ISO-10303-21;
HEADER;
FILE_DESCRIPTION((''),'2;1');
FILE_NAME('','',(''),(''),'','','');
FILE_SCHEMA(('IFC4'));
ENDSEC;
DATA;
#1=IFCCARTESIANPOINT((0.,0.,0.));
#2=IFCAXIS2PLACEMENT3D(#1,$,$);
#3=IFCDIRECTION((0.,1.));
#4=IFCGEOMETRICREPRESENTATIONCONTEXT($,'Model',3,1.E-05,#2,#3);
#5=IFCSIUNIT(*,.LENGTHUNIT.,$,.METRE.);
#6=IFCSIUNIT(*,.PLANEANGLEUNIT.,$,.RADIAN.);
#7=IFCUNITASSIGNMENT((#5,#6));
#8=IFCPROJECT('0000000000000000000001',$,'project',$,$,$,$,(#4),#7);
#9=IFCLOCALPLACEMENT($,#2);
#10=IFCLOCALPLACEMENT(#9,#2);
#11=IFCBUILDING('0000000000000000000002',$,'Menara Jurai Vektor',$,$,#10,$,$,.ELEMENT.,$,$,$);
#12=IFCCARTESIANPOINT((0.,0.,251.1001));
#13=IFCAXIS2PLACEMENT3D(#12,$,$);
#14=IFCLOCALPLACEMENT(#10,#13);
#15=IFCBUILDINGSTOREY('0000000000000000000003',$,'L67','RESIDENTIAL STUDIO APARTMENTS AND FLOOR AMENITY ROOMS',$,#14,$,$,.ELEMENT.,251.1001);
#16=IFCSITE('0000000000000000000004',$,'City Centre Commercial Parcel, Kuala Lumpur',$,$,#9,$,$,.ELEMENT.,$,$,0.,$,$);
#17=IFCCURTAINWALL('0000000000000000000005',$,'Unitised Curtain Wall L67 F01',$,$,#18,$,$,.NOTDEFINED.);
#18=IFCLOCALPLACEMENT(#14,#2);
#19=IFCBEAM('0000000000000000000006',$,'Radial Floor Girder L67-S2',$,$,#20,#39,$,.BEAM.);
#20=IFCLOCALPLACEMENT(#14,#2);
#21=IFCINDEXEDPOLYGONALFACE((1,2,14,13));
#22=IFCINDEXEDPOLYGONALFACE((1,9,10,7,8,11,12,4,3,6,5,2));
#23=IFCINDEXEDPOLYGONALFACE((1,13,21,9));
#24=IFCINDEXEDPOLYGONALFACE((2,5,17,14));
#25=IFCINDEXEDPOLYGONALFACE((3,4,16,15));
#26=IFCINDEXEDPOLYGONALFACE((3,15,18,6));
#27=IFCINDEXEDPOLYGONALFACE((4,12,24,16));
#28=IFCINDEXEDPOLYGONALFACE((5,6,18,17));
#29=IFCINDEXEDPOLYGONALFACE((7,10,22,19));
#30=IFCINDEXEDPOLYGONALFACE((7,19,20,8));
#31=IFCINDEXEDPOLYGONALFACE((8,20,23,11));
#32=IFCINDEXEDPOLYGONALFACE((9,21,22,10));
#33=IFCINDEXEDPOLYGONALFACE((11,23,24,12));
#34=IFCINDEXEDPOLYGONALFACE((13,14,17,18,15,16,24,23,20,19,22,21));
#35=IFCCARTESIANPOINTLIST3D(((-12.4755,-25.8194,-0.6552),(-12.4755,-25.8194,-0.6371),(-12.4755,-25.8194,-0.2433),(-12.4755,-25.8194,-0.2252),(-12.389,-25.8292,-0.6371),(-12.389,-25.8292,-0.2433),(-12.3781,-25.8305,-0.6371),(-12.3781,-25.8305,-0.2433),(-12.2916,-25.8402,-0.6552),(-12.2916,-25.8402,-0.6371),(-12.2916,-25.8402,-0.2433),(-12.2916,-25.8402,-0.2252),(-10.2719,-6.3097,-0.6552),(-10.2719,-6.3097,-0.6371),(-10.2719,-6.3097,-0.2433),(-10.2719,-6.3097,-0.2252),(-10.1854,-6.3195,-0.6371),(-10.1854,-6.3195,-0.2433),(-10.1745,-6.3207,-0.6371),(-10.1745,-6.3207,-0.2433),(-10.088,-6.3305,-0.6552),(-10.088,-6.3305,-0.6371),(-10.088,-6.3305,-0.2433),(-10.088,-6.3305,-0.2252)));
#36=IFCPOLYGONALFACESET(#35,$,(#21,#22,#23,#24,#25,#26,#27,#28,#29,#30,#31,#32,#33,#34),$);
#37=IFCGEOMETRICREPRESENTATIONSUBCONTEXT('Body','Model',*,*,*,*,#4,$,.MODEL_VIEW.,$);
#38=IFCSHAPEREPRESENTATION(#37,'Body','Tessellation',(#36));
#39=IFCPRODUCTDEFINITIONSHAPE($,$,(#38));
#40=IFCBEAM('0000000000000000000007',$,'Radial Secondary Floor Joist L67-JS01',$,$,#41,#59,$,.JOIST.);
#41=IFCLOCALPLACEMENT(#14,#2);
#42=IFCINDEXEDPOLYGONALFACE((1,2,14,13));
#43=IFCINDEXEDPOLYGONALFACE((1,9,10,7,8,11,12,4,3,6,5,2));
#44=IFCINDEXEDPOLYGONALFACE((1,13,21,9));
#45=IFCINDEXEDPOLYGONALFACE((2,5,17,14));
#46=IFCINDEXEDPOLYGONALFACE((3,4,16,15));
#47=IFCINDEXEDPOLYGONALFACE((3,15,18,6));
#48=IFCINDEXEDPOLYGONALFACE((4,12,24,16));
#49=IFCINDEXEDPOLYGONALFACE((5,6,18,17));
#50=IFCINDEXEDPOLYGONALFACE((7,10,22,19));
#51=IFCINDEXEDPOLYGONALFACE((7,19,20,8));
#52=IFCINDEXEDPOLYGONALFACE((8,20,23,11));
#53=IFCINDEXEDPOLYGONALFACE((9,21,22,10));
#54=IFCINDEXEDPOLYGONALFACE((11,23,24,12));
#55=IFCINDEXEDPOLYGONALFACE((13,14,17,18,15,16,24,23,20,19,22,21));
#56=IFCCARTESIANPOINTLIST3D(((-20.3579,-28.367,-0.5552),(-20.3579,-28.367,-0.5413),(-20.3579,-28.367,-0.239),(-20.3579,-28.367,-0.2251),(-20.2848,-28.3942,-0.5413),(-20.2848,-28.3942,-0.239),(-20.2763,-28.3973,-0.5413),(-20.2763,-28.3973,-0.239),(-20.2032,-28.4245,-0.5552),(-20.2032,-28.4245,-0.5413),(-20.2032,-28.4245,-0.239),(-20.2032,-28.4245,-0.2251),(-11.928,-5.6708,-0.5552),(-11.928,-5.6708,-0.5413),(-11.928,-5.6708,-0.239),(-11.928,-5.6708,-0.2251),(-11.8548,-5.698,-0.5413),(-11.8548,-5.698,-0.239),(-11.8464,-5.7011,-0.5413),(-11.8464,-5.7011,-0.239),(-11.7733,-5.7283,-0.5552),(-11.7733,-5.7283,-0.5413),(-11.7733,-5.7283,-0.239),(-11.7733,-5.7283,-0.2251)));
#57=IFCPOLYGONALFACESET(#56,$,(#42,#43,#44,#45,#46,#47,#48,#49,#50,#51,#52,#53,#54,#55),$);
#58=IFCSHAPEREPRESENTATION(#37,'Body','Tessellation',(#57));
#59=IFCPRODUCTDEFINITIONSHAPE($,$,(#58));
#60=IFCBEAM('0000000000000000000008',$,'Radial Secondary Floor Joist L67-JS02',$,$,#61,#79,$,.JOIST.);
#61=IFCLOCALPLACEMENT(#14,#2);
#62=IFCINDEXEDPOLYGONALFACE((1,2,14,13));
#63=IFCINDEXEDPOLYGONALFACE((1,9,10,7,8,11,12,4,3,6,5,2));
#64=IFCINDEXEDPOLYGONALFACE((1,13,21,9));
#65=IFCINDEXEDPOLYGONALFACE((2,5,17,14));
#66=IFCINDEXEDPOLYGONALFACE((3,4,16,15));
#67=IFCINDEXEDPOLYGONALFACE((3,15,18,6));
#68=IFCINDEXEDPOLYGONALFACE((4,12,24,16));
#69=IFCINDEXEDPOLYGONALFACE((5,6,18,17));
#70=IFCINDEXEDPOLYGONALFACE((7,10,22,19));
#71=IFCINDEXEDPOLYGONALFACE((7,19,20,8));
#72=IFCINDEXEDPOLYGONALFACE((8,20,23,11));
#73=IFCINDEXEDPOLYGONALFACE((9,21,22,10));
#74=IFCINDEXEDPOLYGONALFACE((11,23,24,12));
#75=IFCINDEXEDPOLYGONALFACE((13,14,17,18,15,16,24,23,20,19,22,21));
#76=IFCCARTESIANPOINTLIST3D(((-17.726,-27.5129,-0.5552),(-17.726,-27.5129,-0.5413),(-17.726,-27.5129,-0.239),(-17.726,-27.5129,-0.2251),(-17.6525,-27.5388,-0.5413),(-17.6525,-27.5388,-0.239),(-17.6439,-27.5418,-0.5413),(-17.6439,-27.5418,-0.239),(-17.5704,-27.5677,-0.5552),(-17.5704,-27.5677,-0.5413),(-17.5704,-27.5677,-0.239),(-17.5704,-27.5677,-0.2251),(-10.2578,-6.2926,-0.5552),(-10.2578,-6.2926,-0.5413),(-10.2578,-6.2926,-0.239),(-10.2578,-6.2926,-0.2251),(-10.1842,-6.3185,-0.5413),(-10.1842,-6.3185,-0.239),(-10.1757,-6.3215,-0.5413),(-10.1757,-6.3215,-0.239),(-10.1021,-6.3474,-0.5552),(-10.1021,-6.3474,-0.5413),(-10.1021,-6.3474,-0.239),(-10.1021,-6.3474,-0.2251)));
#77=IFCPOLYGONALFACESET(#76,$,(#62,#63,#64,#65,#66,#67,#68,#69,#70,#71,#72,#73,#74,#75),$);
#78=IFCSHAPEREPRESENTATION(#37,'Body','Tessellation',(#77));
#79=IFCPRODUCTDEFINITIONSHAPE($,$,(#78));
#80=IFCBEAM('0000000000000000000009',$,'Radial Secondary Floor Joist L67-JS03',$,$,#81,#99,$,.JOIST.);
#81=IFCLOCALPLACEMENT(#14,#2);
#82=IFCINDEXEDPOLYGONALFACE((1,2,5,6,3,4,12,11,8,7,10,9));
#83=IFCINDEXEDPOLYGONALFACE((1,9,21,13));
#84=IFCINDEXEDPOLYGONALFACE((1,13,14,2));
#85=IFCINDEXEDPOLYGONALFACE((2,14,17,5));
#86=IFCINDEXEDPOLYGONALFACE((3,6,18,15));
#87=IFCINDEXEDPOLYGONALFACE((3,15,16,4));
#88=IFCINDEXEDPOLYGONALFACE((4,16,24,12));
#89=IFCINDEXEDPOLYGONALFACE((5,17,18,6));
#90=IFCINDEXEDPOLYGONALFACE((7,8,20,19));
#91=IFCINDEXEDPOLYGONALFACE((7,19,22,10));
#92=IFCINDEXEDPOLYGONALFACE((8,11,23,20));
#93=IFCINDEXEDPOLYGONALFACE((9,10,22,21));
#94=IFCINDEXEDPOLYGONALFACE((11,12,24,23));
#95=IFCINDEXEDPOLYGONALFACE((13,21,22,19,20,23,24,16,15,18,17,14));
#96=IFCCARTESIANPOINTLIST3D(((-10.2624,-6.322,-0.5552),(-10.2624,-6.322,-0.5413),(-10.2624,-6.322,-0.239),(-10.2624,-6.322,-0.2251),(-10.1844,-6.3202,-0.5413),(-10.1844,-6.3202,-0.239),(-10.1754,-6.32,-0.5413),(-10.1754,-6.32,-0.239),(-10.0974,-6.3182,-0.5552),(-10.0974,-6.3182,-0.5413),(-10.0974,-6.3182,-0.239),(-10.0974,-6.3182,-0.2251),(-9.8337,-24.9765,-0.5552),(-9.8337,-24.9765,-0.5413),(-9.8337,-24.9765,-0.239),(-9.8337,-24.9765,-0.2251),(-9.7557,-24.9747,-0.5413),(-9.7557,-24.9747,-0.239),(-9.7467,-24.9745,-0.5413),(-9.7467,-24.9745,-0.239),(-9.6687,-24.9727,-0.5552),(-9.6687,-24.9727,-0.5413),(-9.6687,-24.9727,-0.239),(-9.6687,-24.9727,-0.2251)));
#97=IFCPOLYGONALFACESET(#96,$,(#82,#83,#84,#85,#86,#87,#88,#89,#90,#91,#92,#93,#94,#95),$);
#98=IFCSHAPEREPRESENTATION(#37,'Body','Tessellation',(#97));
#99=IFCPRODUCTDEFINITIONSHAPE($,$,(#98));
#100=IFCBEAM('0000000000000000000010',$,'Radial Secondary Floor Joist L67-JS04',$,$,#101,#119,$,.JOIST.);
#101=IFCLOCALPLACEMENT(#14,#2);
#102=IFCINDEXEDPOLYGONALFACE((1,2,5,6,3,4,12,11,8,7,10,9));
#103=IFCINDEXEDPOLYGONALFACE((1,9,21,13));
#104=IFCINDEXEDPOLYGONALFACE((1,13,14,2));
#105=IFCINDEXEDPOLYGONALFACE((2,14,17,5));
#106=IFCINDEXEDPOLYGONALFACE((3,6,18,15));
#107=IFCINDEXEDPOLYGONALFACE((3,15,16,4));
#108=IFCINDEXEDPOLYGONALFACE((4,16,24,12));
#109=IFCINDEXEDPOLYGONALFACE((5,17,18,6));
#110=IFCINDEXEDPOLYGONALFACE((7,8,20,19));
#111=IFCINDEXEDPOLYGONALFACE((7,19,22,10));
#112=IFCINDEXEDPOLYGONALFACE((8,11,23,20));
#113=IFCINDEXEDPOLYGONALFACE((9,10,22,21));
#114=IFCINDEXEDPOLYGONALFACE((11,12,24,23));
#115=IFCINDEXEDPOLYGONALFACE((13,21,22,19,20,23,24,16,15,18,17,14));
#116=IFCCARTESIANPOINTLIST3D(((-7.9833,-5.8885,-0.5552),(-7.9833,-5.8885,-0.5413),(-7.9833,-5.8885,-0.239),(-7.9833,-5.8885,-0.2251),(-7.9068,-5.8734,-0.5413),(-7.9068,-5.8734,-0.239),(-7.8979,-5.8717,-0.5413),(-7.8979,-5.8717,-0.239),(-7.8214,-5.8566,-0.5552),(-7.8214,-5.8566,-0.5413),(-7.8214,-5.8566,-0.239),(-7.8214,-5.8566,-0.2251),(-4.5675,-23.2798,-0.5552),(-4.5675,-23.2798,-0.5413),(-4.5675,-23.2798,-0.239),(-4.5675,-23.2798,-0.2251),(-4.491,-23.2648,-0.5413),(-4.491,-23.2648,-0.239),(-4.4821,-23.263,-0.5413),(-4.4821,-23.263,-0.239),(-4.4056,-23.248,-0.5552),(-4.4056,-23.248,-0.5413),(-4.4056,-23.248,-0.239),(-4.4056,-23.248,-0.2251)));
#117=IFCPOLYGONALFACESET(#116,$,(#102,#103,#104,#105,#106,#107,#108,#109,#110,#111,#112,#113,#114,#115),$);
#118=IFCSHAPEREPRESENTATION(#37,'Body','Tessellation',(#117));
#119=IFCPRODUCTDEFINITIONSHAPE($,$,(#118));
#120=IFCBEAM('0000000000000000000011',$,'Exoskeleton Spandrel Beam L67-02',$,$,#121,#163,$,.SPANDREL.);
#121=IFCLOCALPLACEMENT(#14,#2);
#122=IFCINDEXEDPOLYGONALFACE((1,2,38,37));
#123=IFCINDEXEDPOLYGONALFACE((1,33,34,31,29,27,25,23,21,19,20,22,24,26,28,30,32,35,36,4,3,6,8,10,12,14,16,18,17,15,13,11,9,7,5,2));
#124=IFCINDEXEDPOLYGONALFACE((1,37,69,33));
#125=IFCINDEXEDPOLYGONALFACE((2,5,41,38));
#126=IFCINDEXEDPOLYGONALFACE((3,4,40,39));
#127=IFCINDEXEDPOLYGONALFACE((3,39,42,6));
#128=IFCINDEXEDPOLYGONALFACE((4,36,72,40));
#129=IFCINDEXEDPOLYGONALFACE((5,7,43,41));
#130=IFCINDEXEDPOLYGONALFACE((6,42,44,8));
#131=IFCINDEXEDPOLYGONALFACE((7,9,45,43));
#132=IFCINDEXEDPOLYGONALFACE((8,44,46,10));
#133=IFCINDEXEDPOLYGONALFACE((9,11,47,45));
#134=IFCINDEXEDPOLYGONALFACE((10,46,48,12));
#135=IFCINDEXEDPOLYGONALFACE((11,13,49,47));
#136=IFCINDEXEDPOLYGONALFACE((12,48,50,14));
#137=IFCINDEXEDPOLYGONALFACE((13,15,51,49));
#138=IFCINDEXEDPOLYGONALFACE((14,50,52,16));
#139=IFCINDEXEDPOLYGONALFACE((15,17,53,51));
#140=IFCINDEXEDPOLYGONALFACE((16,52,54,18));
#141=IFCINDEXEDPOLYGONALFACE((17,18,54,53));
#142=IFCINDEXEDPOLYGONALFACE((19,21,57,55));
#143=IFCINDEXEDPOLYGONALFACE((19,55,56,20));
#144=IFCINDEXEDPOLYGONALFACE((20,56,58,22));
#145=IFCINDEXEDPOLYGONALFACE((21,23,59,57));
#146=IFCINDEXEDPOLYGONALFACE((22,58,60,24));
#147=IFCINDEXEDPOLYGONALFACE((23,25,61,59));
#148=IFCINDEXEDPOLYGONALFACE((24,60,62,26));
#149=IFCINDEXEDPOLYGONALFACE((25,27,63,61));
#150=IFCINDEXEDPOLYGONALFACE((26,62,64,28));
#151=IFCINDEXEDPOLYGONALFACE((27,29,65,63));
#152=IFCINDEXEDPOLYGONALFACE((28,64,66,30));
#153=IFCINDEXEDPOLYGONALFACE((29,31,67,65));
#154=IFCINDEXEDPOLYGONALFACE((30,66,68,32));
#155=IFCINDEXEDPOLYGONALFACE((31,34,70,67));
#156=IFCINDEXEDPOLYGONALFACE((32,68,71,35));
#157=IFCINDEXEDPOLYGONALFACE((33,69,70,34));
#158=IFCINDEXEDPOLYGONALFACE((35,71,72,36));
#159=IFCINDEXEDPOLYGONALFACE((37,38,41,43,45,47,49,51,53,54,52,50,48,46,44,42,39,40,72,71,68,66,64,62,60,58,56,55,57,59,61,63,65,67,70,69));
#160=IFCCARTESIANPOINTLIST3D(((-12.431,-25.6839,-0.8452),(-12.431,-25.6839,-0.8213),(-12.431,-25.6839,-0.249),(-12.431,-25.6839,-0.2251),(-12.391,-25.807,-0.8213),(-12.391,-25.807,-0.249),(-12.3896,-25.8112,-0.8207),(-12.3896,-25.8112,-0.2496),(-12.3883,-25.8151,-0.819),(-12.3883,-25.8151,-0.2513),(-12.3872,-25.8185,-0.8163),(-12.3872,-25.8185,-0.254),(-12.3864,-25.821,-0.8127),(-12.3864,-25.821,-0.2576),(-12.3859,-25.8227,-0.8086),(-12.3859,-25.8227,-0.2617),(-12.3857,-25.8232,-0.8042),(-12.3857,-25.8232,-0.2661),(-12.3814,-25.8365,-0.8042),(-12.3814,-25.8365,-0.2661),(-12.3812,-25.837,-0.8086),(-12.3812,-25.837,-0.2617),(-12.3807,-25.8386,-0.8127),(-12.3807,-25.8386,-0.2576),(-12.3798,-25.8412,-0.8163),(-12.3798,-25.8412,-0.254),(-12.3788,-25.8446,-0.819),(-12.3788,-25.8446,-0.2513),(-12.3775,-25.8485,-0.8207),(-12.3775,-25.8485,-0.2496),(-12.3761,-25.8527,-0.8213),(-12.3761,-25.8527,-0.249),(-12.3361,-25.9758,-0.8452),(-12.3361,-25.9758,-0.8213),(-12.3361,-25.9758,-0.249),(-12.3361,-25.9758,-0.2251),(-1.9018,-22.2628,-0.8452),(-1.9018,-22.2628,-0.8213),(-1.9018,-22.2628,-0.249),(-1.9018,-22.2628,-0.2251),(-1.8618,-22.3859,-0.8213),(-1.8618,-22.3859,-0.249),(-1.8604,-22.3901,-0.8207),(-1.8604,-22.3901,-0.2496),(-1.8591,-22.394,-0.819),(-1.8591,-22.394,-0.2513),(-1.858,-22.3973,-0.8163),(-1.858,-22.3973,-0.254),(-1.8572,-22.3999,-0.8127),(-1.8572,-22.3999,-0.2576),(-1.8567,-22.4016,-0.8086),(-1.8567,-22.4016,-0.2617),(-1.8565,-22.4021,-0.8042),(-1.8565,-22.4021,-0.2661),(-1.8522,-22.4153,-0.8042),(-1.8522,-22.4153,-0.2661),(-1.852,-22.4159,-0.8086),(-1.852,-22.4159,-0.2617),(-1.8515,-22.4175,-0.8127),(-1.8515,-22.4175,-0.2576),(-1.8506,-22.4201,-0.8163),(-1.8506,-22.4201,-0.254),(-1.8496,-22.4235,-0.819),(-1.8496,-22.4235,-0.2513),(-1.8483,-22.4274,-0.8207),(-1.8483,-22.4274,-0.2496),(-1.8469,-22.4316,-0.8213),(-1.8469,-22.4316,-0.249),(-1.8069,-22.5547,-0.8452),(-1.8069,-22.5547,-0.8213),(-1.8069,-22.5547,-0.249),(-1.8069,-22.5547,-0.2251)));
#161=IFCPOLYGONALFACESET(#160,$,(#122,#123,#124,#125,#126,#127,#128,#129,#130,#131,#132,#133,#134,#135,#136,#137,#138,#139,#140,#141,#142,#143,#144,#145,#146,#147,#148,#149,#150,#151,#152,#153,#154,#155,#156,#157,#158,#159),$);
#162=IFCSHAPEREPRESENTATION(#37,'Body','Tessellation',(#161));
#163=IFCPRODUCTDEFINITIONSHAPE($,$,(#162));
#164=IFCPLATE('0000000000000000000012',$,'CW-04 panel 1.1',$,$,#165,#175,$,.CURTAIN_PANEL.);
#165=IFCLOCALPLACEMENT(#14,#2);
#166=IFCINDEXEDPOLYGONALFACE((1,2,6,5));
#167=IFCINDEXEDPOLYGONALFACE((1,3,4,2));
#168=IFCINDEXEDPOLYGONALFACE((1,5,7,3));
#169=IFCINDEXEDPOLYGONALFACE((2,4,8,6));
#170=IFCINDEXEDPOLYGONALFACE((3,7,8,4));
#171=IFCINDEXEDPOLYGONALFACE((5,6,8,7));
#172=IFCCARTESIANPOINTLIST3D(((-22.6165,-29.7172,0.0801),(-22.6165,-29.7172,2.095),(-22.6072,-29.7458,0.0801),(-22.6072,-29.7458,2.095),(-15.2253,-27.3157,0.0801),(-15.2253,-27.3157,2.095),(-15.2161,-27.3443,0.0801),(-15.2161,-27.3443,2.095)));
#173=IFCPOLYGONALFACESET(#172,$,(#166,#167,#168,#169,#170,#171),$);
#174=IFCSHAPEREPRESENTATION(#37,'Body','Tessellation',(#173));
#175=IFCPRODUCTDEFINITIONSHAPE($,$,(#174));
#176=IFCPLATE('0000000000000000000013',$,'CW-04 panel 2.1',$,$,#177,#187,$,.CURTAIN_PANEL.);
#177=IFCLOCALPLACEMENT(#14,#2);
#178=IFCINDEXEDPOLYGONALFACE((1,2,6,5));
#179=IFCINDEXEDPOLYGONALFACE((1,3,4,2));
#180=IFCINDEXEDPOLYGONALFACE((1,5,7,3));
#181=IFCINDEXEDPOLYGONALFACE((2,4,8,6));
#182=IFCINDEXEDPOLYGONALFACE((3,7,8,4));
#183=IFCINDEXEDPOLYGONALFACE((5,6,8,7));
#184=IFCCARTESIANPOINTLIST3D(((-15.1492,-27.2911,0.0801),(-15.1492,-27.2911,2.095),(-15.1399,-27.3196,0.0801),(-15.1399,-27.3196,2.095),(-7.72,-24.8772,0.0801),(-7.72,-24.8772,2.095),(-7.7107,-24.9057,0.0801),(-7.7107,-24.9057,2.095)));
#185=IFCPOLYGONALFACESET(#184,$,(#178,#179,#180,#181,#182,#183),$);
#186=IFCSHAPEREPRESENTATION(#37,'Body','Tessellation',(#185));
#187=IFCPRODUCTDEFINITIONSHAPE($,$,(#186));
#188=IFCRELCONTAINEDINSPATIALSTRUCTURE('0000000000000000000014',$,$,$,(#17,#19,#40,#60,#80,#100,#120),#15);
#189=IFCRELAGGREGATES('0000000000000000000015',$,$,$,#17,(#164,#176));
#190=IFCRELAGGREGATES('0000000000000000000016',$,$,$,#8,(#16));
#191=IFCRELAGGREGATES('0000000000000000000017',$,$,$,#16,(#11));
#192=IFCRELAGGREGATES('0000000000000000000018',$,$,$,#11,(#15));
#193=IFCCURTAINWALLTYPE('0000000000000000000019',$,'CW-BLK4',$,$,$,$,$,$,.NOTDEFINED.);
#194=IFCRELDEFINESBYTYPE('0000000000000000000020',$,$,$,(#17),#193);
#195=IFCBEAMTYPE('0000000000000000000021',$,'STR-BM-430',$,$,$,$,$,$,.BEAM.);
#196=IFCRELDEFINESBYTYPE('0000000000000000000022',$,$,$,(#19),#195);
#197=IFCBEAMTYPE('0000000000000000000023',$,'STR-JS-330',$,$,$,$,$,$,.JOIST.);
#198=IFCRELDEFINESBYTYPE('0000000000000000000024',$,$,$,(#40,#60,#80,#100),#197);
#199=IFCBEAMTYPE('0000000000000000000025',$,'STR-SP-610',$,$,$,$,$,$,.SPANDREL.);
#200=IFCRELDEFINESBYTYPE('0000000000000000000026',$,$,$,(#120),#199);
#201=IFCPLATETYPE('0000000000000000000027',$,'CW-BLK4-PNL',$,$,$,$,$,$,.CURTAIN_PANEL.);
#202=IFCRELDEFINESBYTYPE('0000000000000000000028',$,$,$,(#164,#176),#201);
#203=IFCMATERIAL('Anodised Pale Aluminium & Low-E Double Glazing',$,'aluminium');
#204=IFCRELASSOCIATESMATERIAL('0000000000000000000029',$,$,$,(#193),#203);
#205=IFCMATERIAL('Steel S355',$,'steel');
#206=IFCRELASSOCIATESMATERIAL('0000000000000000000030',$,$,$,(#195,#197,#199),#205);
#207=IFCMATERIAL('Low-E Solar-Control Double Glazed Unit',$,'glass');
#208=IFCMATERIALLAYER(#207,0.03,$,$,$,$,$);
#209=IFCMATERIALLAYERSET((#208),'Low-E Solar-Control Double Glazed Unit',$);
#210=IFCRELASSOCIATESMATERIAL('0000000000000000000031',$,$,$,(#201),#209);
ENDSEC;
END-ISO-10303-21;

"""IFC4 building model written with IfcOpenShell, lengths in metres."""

from ifc_helpers import new_model, si_unit, direction, frame, origin, origin_2d, place, context, subcontext, project, spatial, rectangle, i_section, extrude, material, layer, layer_set, material_profile, profile_set, type_object, element, aggregate, save


model = new_model("IFC4")

# Units and contexts
model_context = context("Model", 3, precision=1e-05, world=origin(), true_north=direction((0.0, 1.0)))
body_context = subcontext(model_context, "Body", "Model", "MODEL_VIEW")
ifc_project = project(units=[si_unit("LENGTHUNIT", "METRE"), si_unit("PLANEANGLEUNIT", "RADIAN")], contexts=[model_context])

# Site, building, storey
site_placement = place(None, origin())
site = spatial("IfcSite", under=ifc_project, at=site_placement, Name="City Centre Commercial Parcel, Kuala Lumpur", CompositionType="ELEMENT", RefElevation=0.0)
building_placement = place(site_placement, origin())
building = spatial("IfcBuilding", under=site, at=building_placement, Name="Menara Jurai Vektor", CompositionType="ELEMENT")
storey_placement = place(building_placement, frame((0.0, 0.0, 251.1001)))
storey = spatial("IfcBuildingStorey", under=building, at=storey_placement, Name="L67", Description="RESIDENTIAL STUDIO APARTMENTS AND FLOOR AMENITY ROOMS", CompositionType="ELEMENT", Elevation=251.1001)

# Curtain wall
ifc_material_1 = material(Name="Anodised Pale Aluminium & Low-E Double Glazing", Category="aluminium")
curtain_wall_type = type_object("IfcCurtainWallType", Name="CW-BLK4", PredefinedType="NOTDEFINED", material=ifc_material_1)
curtain_wall_placement = place(storey_placement, origin())
curtain_wall = element("IfcCurtainWall", 1, at=curtain_wall_placement, inside=storey, type_object=curtain_wall_type, Name="Unitised Curtain Wall L67 F01", PredefinedType="NOTDEFINED")

# Beams
ifc_material_2 = material(Name="Steel S355", Category="steel")
ifc_material_profile_1 = material_profile(ifc_material_2, i_section(OverallWidth=0.1851, OverallDepth=0.4299, WebThickness=0.011, FlangeThickness=0.0181, at=origin_2d()), Name="PG 430x185x76")
ifc_profile_set_1 = profile_set([ifc_material_profile_1], Name="Steel S355")
beam_type_1 = type_object("IfcBeamType", Name="STR-BM-430", PredefinedType="BEAM", material=ifc_profile_set_1)
beam_1_placement = place(storey_placement, frame((-12.3835, -25.8298, -0.4402), z_axis=(0.112236, 0.993682, 0.0), x_axis=(-0.993682, 0.112236, 0.0)))
element("IfcBeam", 2, at=beam_1_placement, inside=storey, type_object=beam_type_1, Name="Radial Floor Girder L67-S2", PredefinedType="BEAM", context=body_context, shape_type="SweptSolid", body=[
    extrude(i_section(OverallWidth=0.1851, OverallDepth=0.4299, WebThickness=0.011, FlangeThickness=0.0181, at=origin_2d()), origin(), (0.0, 0.0, 1.0), 19.6338),
])
ifc_material_profile_2 = material_profile(ifc_material_2, i_section(OverallWidth=0.165, OverallDepth=0.3301, WebThickness=0.009, FlangeThickness=0.0139, at=origin_2d()), Name="PG 330x165x46")
ifc_profile_set_2 = profile_set([ifc_material_profile_2], Name="Steel S355")
beam_type_2 = type_object("IfcBeamType", Name="STR-JS-330", PredefinedType="JOIST", material=ifc_profile_set_2)
beam_2_placement = place(storey_placement, frame((-20.2805, -28.3958, -0.3901), z_axis=(0.348182, 0.937427, 0.0), x_axis=(-0.937427, 0.348182, 0.0)))
element("IfcBeam", 3, at=beam_2_placement, inside=storey, type_object=beam_type_2, Name="Radial Secondary Floor Joist L67-JS01", PredefinedType="JOIST", context=body_context, shape_type="SweptSolid", body=[
    extrude(i_section(OverallWidth=0.165, OverallDepth=0.3301, WebThickness=0.009, FlangeThickness=0.0139, at=origin_2d()), origin(), (0.0, 0.0, 1.0), 24.2112),
])
beam_3_placement = place(storey_placement, frame((-17.6482, -27.5403, -0.3901), z_axis=(0.331981, 0.943286, 0.0), x_axis=(-0.943286, 0.331981, 0.0)))
element("IfcBeam", 4, at=beam_3_placement, inside=storey, type_object=beam_type_2, Name="Radial Secondary Floor Joist L67-JS02", PredefinedType="JOIST", context=body_context, shape_type="SweptSolid", body=[
    extrude(i_section(OverallWidth=0.165, OverallDepth=0.3301, WebThickness=0.009, FlangeThickness=0.0139, at=origin_2d()), origin(), (0.0, 0.0, 1.0), 22.4961),
])
beam_4_placement = place(storey_placement, frame((-9.7512, -24.9746, -0.3901), z_axis=(-0.022976, 0.999736, 0.0), x_axis=(-0.999736, -0.022976, 0.0)))
element("IfcBeam", 5, at=beam_4_placement, inside=storey, type_object=beam_type_2, Name="Radial Secondary Floor Joist L67-JS03", PredefinedType="JOIST", context=body_context, shape_type="SweptSolid", body=[
    extrude(i_section(OverallWidth=0.165, OverallDepth=0.3301, WebThickness=0.009, FlangeThickness=0.0139, at=origin_2d()), origin(), (0.0, 0.0, 1.0), 18.6594),
])
beam_5_placement = place(storey_placement, frame((-4.4866, -23.2639, -0.3901), z_axis=(-0.192724, 0.981253, 0.0), x_axis=(-0.981253, -0.192724, 0.0)))
element("IfcBeam", 6, at=beam_5_placement, inside=storey, type_object=beam_type_2, Name="Radial Secondary Floor Joist L67-JS04", PredefinedType="JOIST", context=body_context, shape_type="SweptSolid", body=[
    extrude(i_section(OverallWidth=0.165, OverallDepth=0.3301, WebThickness=0.009, FlangeThickness=0.0139, at=origin_2d()), origin(), (0.0, 0.0, 1.0), 17.7236),
])
ifc_material_profile_3 = material_profile(ifc_material_2, i_section(OverallWidth=0.3069, OverallDepth=0.6201, WebThickness=0.0139, FlangeThickness=0.0239, FilletRadius=0.0171, at=origin_2d()), Name="UKB 610x305x179")
ifc_profile_set_3 = profile_set([ifc_material_profile_3], Name="Steel S355")
beam_type_3 = type_object("IfcBeamType", Name="STR-SP-610", PredefinedType="SPANDREL", material=ifc_profile_set_3)
beam_6_placement = place(storey_placement, frame((-12.3835, -25.8298, -0.5352), z_axis=(0.951057, 0.309014, 0.0), x_axis=(-0.309014, 0.951057, 0.0)))
element("IfcBeam", 7, at=beam_6_placement, inside=storey, type_object=beam_type_3, Name="Exoskeleton Spandrel Beam L67-02", PredefinedType="SPANDREL", context=body_context, shape_type="SweptSolid", body=[
    extrude(i_section(OverallWidth=0.3069, OverallDepth=0.6201, WebThickness=0.0139, FlangeThickness=0.0239, FilletRadius=0.0171, at=origin_2d()), origin(), (0.0, 0.0, 1.0), 11.071),
])

# Plates
ifc_material_3 = material(Name="Low-E Solar-Control Double Glazed Unit", Category="glass")
ifc_layer_1 = layer(ifc_material_3, 0.03)
ifc_layer_set_1 = layer_set([ifc_layer_1], Name="Low-E Solar-Control Double Glazed Unit")
plate_type_1 = type_object("IfcPlateType", Name="CW-BLK4-PNL", PredefinedType="CURTAIN_PANEL", material=ifc_layer_set_1)
plate_1_placement = place(storey_placement, frame((-18.9163, -28.5308, 0.0801), z_axis=(0.0, 0.0, 1.0), x_axis=(0.951056, 0.309017, 0.0)))
plate_1 = element("IfcPlate", 8, at=plate_1_placement, type_object=plate_type_1, Name="CW-04 panel 1.1", PredefinedType="CURTAIN_PANEL", context=body_context, shape_type="SweptSolid", body=[
    extrude(rectangle(XDim=7.7715, YDim=0.03, at=origin_2d()), origin(), (0.0, 0.0, 1.0), 2.0149),
])
plate_2_placement = place(storey_placement, frame((-11.4299, -26.0984, 0.0801), z_axis=(0.0, 0.0, 1.0), x_axis=(0.951056, 0.309017, 0.0)))
plate_2 = element("IfcPlate", 9, at=plate_2_placement, type_object=plate_type_1, Name="CW-04 panel 2.1", PredefinedType="CURTAIN_PANEL", context=body_context, shape_type="SweptSolid", body=[
    extrude(rectangle(XDim=7.8115, YDim=0.03, at=origin_2d()), origin(), (0.0, 0.0, 1.0), 2.0149),
])
aggregate(curtain_wall, [plate_1, plate_2])

save(model, "model.ifc")
